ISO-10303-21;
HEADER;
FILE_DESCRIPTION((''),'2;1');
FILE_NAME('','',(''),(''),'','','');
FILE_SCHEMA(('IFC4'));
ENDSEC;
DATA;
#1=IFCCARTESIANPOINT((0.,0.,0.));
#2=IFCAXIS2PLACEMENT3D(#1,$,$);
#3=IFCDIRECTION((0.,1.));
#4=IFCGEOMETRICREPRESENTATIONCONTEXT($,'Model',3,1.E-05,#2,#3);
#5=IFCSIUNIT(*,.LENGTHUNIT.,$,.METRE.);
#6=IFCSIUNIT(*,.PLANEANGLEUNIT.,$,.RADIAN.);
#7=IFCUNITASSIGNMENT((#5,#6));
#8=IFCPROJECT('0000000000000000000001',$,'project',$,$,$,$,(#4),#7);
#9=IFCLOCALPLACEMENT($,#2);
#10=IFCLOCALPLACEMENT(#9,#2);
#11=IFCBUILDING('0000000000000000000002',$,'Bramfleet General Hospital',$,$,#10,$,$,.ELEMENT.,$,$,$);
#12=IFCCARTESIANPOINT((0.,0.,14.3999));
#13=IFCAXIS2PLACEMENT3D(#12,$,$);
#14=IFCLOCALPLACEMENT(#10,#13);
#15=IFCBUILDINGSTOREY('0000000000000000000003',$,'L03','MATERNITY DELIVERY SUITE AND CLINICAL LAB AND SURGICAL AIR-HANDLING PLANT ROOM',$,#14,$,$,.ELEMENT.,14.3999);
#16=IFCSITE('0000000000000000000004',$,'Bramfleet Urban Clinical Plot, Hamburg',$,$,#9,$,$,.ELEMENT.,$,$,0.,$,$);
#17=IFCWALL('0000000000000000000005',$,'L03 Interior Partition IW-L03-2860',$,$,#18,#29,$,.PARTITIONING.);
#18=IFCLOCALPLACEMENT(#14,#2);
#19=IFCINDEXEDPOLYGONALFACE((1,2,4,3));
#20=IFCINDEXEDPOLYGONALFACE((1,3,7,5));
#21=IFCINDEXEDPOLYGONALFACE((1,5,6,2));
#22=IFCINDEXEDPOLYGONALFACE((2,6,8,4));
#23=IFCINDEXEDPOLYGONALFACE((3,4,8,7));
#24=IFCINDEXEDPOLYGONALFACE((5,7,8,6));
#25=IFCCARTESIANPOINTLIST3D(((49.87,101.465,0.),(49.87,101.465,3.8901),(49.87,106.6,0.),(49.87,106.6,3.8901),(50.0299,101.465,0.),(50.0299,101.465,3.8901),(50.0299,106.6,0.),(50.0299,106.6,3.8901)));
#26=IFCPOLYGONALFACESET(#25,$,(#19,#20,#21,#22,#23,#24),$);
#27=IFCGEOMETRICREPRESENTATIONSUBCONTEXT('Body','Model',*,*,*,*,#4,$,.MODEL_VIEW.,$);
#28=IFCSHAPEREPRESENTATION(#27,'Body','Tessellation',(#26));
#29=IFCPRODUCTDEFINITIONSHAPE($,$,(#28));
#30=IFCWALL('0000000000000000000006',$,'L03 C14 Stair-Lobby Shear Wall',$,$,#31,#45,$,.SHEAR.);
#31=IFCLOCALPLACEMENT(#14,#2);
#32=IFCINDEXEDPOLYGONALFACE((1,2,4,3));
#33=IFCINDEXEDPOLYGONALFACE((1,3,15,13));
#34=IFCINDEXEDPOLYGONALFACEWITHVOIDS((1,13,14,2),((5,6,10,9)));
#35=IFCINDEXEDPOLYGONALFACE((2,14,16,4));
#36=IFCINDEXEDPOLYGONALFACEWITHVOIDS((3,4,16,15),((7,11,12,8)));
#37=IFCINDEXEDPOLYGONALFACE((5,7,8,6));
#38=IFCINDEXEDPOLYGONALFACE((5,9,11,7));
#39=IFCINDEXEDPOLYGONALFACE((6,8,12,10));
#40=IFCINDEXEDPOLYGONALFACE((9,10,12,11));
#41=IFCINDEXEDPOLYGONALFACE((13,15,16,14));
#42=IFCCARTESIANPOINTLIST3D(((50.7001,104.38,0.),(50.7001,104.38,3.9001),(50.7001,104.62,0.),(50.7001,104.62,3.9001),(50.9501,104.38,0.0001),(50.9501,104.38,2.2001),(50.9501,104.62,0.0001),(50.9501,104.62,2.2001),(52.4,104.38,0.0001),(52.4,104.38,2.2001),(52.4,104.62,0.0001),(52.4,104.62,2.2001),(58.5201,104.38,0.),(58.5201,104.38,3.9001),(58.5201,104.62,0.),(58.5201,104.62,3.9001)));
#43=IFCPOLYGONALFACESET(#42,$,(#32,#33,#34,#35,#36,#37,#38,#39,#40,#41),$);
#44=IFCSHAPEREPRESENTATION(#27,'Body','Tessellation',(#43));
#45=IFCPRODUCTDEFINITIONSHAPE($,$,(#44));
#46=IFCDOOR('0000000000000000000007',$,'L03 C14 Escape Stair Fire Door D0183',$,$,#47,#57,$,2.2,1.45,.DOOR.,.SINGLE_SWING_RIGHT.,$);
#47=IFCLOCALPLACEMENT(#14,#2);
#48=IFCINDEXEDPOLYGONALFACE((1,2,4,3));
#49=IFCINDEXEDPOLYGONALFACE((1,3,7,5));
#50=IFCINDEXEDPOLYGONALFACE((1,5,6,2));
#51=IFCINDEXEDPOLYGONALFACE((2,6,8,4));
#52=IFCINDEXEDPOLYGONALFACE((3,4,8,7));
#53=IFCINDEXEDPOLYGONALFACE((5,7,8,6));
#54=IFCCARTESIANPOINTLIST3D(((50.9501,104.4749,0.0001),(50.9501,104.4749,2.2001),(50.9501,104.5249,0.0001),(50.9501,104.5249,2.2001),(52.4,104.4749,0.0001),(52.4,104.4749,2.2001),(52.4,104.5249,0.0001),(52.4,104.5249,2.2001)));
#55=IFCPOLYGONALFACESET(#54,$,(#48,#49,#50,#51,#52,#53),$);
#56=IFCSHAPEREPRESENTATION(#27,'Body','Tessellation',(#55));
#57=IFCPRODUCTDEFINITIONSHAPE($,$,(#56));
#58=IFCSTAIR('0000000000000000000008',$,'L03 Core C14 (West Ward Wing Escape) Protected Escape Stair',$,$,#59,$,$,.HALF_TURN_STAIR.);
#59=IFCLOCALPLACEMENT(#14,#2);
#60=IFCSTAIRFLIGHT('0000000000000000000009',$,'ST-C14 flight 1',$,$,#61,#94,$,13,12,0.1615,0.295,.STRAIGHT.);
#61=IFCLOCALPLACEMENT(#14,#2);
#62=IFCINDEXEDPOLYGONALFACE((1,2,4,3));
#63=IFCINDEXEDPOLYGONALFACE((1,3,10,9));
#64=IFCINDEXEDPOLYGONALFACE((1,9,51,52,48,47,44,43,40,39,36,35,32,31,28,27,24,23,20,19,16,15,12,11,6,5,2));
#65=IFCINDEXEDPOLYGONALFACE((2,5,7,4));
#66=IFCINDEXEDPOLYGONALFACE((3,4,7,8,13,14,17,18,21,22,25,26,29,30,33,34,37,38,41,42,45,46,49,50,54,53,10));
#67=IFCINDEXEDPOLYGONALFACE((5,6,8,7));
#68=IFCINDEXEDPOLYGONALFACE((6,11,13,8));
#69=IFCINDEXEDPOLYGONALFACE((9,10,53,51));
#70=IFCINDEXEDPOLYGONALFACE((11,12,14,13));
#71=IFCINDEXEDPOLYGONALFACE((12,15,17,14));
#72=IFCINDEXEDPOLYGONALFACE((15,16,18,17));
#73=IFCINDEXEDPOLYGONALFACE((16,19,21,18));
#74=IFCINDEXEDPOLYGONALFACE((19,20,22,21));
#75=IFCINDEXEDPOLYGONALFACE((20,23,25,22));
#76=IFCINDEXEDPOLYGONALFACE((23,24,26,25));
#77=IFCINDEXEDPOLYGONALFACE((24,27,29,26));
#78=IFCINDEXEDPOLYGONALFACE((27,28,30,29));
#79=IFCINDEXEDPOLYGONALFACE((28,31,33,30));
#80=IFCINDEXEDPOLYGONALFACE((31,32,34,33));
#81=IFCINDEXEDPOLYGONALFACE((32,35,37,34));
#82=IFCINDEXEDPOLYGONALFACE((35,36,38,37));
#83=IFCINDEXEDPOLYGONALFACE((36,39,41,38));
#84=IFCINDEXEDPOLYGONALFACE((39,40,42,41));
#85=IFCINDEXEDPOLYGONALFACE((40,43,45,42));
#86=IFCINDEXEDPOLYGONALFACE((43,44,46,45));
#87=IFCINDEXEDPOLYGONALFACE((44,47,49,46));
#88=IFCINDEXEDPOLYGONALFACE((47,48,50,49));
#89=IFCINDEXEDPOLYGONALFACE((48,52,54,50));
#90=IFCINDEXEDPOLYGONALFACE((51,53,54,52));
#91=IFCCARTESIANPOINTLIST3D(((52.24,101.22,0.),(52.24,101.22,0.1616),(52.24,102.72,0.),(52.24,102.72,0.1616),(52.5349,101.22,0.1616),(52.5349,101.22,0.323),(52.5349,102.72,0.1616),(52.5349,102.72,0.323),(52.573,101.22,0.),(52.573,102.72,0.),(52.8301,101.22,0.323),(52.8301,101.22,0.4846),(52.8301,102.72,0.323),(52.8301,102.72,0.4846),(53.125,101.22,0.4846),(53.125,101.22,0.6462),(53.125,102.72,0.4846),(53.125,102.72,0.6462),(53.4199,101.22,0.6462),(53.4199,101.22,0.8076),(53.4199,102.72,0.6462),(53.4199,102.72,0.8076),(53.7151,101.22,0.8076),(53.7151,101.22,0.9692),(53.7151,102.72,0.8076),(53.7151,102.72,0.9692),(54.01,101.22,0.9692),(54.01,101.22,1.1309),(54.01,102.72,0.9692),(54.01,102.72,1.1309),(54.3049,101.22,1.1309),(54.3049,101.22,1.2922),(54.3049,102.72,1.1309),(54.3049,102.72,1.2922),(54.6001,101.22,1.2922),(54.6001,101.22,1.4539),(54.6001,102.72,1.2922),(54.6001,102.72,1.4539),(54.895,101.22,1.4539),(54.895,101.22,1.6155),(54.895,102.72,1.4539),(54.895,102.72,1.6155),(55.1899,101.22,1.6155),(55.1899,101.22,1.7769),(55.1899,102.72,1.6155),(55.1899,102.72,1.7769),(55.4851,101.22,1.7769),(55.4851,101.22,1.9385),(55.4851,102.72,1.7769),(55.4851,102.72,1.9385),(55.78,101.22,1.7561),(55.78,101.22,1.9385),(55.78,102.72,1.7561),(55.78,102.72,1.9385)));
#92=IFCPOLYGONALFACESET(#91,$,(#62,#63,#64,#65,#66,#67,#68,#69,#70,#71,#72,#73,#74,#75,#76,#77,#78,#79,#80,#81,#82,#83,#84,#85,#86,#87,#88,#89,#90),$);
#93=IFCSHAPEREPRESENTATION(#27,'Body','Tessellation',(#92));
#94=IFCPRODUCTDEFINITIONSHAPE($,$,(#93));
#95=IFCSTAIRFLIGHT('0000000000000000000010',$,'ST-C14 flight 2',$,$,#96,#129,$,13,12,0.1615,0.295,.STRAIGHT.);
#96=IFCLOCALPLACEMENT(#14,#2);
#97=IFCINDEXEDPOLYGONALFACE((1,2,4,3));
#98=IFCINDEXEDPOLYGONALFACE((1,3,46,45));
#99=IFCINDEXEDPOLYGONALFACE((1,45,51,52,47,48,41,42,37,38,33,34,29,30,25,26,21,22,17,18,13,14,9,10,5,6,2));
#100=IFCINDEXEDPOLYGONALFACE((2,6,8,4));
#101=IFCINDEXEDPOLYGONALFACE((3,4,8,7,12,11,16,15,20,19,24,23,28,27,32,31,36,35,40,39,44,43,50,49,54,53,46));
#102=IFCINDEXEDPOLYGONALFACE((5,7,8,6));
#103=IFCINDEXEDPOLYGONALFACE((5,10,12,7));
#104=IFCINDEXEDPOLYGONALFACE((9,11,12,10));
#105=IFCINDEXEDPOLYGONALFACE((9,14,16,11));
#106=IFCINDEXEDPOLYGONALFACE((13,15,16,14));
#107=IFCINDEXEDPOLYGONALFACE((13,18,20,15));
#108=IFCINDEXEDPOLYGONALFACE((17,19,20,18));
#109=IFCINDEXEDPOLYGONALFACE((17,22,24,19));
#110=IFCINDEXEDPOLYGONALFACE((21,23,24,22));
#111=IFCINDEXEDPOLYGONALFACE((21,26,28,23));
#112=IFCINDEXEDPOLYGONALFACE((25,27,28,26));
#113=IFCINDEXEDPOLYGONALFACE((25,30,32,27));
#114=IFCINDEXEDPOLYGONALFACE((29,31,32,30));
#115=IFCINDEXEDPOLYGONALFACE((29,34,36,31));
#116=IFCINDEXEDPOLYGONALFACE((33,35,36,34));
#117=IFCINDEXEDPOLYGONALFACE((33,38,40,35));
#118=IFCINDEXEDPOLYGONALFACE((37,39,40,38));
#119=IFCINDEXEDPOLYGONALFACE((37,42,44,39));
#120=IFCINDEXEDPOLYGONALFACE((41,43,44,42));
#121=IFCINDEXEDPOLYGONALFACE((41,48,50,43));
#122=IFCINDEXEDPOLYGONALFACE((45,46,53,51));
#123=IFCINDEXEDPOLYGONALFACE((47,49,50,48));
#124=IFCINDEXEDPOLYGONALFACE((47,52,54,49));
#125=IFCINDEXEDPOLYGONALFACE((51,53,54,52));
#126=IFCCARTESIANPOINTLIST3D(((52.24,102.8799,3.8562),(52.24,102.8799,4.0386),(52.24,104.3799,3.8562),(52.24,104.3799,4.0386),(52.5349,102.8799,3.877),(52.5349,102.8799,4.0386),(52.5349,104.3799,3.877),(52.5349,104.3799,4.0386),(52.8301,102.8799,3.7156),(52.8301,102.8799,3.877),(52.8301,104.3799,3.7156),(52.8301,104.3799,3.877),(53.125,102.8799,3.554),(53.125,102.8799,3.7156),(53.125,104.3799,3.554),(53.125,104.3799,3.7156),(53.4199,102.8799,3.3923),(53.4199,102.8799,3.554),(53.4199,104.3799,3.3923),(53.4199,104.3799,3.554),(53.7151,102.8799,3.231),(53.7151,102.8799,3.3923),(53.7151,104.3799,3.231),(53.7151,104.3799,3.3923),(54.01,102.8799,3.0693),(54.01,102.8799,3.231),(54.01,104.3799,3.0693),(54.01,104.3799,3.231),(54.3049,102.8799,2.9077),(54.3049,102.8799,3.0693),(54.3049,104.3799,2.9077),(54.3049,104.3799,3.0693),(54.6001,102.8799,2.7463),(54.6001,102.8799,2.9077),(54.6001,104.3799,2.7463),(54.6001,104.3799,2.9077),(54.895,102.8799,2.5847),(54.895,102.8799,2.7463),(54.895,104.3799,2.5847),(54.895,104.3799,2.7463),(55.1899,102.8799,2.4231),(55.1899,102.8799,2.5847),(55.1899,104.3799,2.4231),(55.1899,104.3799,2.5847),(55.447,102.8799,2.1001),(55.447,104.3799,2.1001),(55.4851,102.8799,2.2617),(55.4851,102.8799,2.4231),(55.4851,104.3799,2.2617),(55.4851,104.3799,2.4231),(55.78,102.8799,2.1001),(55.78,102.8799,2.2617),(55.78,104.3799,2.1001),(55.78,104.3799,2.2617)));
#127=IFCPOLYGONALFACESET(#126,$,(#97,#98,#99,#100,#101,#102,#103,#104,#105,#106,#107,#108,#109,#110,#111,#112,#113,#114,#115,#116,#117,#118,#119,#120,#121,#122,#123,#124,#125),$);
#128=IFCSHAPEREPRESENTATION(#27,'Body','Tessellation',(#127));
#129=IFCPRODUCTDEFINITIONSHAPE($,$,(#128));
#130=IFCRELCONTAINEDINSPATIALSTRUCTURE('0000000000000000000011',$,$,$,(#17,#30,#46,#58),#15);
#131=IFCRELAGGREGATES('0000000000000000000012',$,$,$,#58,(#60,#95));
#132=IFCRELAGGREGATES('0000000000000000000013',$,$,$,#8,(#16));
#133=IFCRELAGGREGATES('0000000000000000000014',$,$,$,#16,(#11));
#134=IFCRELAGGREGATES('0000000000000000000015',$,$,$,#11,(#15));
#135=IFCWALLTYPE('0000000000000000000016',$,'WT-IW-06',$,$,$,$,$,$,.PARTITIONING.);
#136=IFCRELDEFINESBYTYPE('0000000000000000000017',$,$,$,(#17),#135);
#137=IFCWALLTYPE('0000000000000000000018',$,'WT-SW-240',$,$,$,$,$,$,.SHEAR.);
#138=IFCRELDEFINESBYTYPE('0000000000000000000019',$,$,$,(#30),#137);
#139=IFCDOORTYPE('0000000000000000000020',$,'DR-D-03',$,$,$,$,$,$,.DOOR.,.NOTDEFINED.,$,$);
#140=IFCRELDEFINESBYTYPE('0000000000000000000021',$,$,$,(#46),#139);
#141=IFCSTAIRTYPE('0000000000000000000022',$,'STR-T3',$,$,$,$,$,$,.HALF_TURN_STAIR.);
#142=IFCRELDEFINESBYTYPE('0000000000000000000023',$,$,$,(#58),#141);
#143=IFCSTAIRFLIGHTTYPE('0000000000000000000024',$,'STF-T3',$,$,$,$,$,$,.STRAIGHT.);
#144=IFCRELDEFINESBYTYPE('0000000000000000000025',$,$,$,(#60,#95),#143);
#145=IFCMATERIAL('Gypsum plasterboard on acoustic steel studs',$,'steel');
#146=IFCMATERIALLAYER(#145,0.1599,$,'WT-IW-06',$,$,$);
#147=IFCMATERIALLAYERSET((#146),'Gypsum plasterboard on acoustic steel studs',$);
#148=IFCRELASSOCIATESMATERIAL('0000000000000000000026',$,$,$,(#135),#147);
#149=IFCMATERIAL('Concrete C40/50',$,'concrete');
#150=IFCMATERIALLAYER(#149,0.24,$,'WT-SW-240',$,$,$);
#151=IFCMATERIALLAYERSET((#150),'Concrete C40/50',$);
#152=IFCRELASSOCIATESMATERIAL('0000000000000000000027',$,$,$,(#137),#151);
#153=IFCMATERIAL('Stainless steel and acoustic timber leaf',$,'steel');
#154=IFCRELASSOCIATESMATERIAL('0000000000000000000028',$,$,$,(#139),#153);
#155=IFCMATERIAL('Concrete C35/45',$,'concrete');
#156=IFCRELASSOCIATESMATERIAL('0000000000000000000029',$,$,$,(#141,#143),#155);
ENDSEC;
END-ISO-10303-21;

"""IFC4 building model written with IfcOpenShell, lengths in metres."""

from ifc_helpers import new_model, si_unit, direction, frame, frame_2d, origin, place, context, subcontext, project, spatial, polyline, rectangle, outline, extrude, material, layer, layer_set, type_object, element, fill, aggregate, save


model = new_model("IFC4")

# Units and contexts
model_context = context("Model", 3, precision=1e-05, world=origin(), true_north=direction((0.0, 1.0)))
body_context = subcontext(model_context, "Body", "Model", "MODEL_VIEW")
ifc_project = project(units=[si_unit("LENGTHUNIT", "METRE"), si_unit("PLANEANGLEUNIT", "RADIAN")], contexts=[model_context])

# Site, building, storey
site_placement = place(None, origin())
site = spatial("IfcSite", under=ifc_project, at=site_placement, Name="Bramfleet Urban Clinical Plot, Hamburg", CompositionType="ELEMENT", RefElevation=0.0)
building_placement = place(site_placement, origin())
building = spatial("IfcBuilding", under=site, at=building_placement, Name="Bramfleet General Hospital", CompositionType="ELEMENT")
storey_placement = place(building_placement, frame((0.0, 0.0, 14.3999)))
storey = spatial("IfcBuildingStorey", under=building, at=storey_placement, Name="L03", Description="MATERNITY DELIVERY SUITE AND CLINICAL LAB AND SURGICAL AIR-HANDLING PLANT ROOM", CompositionType="ELEMENT", Elevation=14.3999)

# Shared definitions
ifc_material_1 = material(Name="Concrete C40/50", Category="concrete")

# Shared definitions
ifc_material_2 = material(Name="Concrete C35/45", Category="concrete")

# Shared definitions
ifc_material_3 = material(Name="Stainless steel and acoustic timber leaf", Category="steel")
ifc_material_4 = material(Name="Gypsum plasterboard on acoustic steel studs", Category="steel")
ifc_layer_1 = layer(ifc_material_4, 0.1599, Name="WT-IW-06")
ifc_layer_set_1 = layer_set([ifc_layer_1], Name="Gypsum plasterboard on acoustic steel studs")
wall_type_1 = type_object("IfcWallType", Name="WT-IW-06", PredefinedType="PARTITIONING", material=ifc_layer_set_1)

# Wall
wall_1_placement = place(storey_placement, frame((49.95, 101.4651, 0.0), z_axis=(0.0, 0.0, 1.0), x_axis=(0.0, 1.0, 0.0)))
element("IfcWall", 1, at=wall_1_placement, inside=storey, type_object=wall_type_1, Name="L03 Interior Partition IW-L03-2860", PredefinedType="PARTITIONING", context=body_context, shape_type="SweptSolid", body=[
    extrude(rectangle(XDim=5.135, YDim=0.1599, at=frame_2d((2.5674, 0.0))), origin(), (0.0, 0.0, 1.0), 3.8901),
])

# Wall, opening, door
ifc_layer_2 = layer(ifc_material_1, 0.24, Name="WT-SW-240")
ifc_layer_set_2 = layer_set([ifc_layer_2], Name="Concrete C40/50")
wall_type_2 = type_object("IfcWallType", Name="WT-SW-240", PredefinedType="SHEAR", material=ifc_layer_set_2)
wall_2_placement = place(storey_placement, frame((50.7, 104.5, 0.0), z_axis=(0.0, 0.0, 1.0), x_axis=(1.0, 0.0, 0.0)))
wall_2 = element("IfcWall", 2, at=wall_2_placement, inside=storey, type_object=wall_type_2, Name="L03 C14 Stair-Lobby Shear Wall", PredefinedType="SHEAR", context=body_context, shape_type="SweptSolid", body=[
    extrude(rectangle(XDim=7.8201, YDim=0.24, at=frame_2d((3.9102, 0.0))), origin(), (0.0, 0.0, 1.0), 3.9001),
])
opening_1_placement = place(wall_2_placement, frame((0.25, 0.0, 0.0)))
opening_1 = element("IfcOpeningElement", 3, at=opening_1_placement, cuts=wall_2, PredefinedType="OPENING", context=body_context, shape_type="SweptSolid", body=[
    extrude(rectangle(XDim=1.45, YDim=2.2, at=frame_2d((0.7251, 1.1001))), frame((0.0, 0.1299, 0.0), z_axis=(0.0, -1.0, 0.0), x_axis=(1.0, 0.0, 0.0)), (0.0, 0.0, 1.0), 0.26),
])
door_type_1 = type_object("IfcDoorType", Name="DR-D-03", OperationType="NOTDEFINED", PredefinedType="DOOR", material=ifc_material_3)
door_1_placement = place(opening_1_placement, origin())
door_1 = element("IfcDoor", 4, at=door_1_placement, inside=storey, type_object=door_type_1, Name="L03 C14 Escape Stair Fire Door D0183", OperationType="SINGLE_SWING_RIGHT", OverallHeight=2.2, OverallWidth=1.45, PredefinedType="DOOR", context=body_context, shape_type="SweptSolid", body=[
    extrude(rectangle(XDim=1.45, YDim=2.2, at=frame_2d((0.7251, 1.1001))), frame((0.0, 0.0249, 0.0), z_axis=(0.0, -1.0, 0.0), x_axis=(1.0, 0.0, 0.0)), (0.0, 0.0, 1.0), 0.05),
])
fill(opening_1, door_1)

# Stair, stair flights
stair_type = type_object("IfcStairType", Name="STR-T3", PredefinedType="HALF_TURN_STAIR", material=ifc_material_2)
stair_placement = place(storey_placement, origin())
stair = element("IfcStair", 5, at=stair_placement, inside=storey, type_object=stair_type, Name="L03 Core C14 (West Ward Wing Escape) Protected Escape Stair", PredefinedType="HALF_TURN_STAIR")
stair_flight_type = type_object("IfcStairFlightType", Name="STF-T3", PredefinedType="STRAIGHT", material=ifc_material_2)
stair_flight_1_placement = place(storey_placement, frame((52.24, 101.97, 0.0), z_axis=(0.0, 0.0, 1.0), x_axis=(1.0, 0.0, 0.0)))
stair_flight_1 = element("IfcStairFlight", 6, at=stair_flight_1_placement, type_object=stair_flight_type, Name="ST-C14 flight 1", NumberOfRisers=13, NumberOfTreads=12, PredefinedType="STRAIGHT", RiserHeight=0.1615, TreadLength=0.295, context=body_context, shape_type="SweptSolid", body=[
    extrude(outline(polyline([(0.0, 0.0), (0.0, 0.1616), (0.2949, 0.1616), (0.2949, 0.323), (0.5901, 0.323), (0.5901, 0.4846), (0.885, 0.4846), (0.885, 0.6462), (1.1799, 0.6462), (1.1799, 0.8076), (1.4751, 0.8076), (1.4751, 0.9692), (1.77, 0.9692), (1.77, 1.1309), (2.0649, 1.1309), (2.0649, 1.2922), (2.3601, 1.2922), (2.3601, 1.4539), (2.655, 1.4539), (2.655, 1.6155), (2.95, 1.6155), (2.95, 1.7769), (3.2451, 1.7769), (3.2451, 1.9385), (3.54, 1.9385), (3.54, 2.1001), (3.54, 1.7561), (0.333, 0.0), (0.0, 0.0)])), frame((0.0, 0.75, 0.0), z_axis=(0.0, -1.0, 0.0), x_axis=(1.0, 0.0, 0.0)), (0.0, 0.0, 1.0), 1.5),
])
stair_flight_2_placement = place(storey_placement, frame((55.78, 103.6299, 2.1001), z_axis=(0.0, 0.0, 1.0), x_axis=(-1.0, 0.0, 0.0)))
stair_flight_2 = element("IfcStairFlight", 7, at=stair_flight_2_placement, type_object=stair_flight_type, Name="ST-C14 flight 2", NumberOfRisers=13, NumberOfTreads=12, PredefinedType="STRAIGHT", RiserHeight=0.1615, TreadLength=0.295, context=body_context, shape_type="SweptSolid", body=[
    extrude(outline(polyline([(0.0, 0.0), (0.0, 0.1616), (0.2949, 0.1616), (0.2949, 0.323), (0.5901, 0.323), (0.5901, 0.4846), (0.885, 0.4846), (0.885, 0.6462), (1.1799, 0.6462), (1.1799, 0.8076), (1.4751, 0.8076), (1.4751, 0.9692), (1.77, 0.9692), (1.77, 1.1309), (2.0649, 1.1309), (2.0649, 1.2922), (2.3601, 1.2922), (2.3601, 1.4539), (2.655, 1.4539), (2.655, 1.6155), (2.95, 1.6155), (2.95, 1.7769), (3.2451, 1.7769), (3.2451, 1.9385), (3.54, 1.9385), (3.54, 2.1001), (3.54, 1.7561), (0.333, 0.0), (0.0, 0.0)])), frame((0.0, 0.75, 0.0), z_axis=(0.0, -1.0, 0.0), x_axis=(1.0, 0.0, 0.0)), (0.0, 0.0, 1.0), 1.5),
])
aggregate(stair, [stair_flight_1, stair_flight_2])

save(model, "model.ifc")
